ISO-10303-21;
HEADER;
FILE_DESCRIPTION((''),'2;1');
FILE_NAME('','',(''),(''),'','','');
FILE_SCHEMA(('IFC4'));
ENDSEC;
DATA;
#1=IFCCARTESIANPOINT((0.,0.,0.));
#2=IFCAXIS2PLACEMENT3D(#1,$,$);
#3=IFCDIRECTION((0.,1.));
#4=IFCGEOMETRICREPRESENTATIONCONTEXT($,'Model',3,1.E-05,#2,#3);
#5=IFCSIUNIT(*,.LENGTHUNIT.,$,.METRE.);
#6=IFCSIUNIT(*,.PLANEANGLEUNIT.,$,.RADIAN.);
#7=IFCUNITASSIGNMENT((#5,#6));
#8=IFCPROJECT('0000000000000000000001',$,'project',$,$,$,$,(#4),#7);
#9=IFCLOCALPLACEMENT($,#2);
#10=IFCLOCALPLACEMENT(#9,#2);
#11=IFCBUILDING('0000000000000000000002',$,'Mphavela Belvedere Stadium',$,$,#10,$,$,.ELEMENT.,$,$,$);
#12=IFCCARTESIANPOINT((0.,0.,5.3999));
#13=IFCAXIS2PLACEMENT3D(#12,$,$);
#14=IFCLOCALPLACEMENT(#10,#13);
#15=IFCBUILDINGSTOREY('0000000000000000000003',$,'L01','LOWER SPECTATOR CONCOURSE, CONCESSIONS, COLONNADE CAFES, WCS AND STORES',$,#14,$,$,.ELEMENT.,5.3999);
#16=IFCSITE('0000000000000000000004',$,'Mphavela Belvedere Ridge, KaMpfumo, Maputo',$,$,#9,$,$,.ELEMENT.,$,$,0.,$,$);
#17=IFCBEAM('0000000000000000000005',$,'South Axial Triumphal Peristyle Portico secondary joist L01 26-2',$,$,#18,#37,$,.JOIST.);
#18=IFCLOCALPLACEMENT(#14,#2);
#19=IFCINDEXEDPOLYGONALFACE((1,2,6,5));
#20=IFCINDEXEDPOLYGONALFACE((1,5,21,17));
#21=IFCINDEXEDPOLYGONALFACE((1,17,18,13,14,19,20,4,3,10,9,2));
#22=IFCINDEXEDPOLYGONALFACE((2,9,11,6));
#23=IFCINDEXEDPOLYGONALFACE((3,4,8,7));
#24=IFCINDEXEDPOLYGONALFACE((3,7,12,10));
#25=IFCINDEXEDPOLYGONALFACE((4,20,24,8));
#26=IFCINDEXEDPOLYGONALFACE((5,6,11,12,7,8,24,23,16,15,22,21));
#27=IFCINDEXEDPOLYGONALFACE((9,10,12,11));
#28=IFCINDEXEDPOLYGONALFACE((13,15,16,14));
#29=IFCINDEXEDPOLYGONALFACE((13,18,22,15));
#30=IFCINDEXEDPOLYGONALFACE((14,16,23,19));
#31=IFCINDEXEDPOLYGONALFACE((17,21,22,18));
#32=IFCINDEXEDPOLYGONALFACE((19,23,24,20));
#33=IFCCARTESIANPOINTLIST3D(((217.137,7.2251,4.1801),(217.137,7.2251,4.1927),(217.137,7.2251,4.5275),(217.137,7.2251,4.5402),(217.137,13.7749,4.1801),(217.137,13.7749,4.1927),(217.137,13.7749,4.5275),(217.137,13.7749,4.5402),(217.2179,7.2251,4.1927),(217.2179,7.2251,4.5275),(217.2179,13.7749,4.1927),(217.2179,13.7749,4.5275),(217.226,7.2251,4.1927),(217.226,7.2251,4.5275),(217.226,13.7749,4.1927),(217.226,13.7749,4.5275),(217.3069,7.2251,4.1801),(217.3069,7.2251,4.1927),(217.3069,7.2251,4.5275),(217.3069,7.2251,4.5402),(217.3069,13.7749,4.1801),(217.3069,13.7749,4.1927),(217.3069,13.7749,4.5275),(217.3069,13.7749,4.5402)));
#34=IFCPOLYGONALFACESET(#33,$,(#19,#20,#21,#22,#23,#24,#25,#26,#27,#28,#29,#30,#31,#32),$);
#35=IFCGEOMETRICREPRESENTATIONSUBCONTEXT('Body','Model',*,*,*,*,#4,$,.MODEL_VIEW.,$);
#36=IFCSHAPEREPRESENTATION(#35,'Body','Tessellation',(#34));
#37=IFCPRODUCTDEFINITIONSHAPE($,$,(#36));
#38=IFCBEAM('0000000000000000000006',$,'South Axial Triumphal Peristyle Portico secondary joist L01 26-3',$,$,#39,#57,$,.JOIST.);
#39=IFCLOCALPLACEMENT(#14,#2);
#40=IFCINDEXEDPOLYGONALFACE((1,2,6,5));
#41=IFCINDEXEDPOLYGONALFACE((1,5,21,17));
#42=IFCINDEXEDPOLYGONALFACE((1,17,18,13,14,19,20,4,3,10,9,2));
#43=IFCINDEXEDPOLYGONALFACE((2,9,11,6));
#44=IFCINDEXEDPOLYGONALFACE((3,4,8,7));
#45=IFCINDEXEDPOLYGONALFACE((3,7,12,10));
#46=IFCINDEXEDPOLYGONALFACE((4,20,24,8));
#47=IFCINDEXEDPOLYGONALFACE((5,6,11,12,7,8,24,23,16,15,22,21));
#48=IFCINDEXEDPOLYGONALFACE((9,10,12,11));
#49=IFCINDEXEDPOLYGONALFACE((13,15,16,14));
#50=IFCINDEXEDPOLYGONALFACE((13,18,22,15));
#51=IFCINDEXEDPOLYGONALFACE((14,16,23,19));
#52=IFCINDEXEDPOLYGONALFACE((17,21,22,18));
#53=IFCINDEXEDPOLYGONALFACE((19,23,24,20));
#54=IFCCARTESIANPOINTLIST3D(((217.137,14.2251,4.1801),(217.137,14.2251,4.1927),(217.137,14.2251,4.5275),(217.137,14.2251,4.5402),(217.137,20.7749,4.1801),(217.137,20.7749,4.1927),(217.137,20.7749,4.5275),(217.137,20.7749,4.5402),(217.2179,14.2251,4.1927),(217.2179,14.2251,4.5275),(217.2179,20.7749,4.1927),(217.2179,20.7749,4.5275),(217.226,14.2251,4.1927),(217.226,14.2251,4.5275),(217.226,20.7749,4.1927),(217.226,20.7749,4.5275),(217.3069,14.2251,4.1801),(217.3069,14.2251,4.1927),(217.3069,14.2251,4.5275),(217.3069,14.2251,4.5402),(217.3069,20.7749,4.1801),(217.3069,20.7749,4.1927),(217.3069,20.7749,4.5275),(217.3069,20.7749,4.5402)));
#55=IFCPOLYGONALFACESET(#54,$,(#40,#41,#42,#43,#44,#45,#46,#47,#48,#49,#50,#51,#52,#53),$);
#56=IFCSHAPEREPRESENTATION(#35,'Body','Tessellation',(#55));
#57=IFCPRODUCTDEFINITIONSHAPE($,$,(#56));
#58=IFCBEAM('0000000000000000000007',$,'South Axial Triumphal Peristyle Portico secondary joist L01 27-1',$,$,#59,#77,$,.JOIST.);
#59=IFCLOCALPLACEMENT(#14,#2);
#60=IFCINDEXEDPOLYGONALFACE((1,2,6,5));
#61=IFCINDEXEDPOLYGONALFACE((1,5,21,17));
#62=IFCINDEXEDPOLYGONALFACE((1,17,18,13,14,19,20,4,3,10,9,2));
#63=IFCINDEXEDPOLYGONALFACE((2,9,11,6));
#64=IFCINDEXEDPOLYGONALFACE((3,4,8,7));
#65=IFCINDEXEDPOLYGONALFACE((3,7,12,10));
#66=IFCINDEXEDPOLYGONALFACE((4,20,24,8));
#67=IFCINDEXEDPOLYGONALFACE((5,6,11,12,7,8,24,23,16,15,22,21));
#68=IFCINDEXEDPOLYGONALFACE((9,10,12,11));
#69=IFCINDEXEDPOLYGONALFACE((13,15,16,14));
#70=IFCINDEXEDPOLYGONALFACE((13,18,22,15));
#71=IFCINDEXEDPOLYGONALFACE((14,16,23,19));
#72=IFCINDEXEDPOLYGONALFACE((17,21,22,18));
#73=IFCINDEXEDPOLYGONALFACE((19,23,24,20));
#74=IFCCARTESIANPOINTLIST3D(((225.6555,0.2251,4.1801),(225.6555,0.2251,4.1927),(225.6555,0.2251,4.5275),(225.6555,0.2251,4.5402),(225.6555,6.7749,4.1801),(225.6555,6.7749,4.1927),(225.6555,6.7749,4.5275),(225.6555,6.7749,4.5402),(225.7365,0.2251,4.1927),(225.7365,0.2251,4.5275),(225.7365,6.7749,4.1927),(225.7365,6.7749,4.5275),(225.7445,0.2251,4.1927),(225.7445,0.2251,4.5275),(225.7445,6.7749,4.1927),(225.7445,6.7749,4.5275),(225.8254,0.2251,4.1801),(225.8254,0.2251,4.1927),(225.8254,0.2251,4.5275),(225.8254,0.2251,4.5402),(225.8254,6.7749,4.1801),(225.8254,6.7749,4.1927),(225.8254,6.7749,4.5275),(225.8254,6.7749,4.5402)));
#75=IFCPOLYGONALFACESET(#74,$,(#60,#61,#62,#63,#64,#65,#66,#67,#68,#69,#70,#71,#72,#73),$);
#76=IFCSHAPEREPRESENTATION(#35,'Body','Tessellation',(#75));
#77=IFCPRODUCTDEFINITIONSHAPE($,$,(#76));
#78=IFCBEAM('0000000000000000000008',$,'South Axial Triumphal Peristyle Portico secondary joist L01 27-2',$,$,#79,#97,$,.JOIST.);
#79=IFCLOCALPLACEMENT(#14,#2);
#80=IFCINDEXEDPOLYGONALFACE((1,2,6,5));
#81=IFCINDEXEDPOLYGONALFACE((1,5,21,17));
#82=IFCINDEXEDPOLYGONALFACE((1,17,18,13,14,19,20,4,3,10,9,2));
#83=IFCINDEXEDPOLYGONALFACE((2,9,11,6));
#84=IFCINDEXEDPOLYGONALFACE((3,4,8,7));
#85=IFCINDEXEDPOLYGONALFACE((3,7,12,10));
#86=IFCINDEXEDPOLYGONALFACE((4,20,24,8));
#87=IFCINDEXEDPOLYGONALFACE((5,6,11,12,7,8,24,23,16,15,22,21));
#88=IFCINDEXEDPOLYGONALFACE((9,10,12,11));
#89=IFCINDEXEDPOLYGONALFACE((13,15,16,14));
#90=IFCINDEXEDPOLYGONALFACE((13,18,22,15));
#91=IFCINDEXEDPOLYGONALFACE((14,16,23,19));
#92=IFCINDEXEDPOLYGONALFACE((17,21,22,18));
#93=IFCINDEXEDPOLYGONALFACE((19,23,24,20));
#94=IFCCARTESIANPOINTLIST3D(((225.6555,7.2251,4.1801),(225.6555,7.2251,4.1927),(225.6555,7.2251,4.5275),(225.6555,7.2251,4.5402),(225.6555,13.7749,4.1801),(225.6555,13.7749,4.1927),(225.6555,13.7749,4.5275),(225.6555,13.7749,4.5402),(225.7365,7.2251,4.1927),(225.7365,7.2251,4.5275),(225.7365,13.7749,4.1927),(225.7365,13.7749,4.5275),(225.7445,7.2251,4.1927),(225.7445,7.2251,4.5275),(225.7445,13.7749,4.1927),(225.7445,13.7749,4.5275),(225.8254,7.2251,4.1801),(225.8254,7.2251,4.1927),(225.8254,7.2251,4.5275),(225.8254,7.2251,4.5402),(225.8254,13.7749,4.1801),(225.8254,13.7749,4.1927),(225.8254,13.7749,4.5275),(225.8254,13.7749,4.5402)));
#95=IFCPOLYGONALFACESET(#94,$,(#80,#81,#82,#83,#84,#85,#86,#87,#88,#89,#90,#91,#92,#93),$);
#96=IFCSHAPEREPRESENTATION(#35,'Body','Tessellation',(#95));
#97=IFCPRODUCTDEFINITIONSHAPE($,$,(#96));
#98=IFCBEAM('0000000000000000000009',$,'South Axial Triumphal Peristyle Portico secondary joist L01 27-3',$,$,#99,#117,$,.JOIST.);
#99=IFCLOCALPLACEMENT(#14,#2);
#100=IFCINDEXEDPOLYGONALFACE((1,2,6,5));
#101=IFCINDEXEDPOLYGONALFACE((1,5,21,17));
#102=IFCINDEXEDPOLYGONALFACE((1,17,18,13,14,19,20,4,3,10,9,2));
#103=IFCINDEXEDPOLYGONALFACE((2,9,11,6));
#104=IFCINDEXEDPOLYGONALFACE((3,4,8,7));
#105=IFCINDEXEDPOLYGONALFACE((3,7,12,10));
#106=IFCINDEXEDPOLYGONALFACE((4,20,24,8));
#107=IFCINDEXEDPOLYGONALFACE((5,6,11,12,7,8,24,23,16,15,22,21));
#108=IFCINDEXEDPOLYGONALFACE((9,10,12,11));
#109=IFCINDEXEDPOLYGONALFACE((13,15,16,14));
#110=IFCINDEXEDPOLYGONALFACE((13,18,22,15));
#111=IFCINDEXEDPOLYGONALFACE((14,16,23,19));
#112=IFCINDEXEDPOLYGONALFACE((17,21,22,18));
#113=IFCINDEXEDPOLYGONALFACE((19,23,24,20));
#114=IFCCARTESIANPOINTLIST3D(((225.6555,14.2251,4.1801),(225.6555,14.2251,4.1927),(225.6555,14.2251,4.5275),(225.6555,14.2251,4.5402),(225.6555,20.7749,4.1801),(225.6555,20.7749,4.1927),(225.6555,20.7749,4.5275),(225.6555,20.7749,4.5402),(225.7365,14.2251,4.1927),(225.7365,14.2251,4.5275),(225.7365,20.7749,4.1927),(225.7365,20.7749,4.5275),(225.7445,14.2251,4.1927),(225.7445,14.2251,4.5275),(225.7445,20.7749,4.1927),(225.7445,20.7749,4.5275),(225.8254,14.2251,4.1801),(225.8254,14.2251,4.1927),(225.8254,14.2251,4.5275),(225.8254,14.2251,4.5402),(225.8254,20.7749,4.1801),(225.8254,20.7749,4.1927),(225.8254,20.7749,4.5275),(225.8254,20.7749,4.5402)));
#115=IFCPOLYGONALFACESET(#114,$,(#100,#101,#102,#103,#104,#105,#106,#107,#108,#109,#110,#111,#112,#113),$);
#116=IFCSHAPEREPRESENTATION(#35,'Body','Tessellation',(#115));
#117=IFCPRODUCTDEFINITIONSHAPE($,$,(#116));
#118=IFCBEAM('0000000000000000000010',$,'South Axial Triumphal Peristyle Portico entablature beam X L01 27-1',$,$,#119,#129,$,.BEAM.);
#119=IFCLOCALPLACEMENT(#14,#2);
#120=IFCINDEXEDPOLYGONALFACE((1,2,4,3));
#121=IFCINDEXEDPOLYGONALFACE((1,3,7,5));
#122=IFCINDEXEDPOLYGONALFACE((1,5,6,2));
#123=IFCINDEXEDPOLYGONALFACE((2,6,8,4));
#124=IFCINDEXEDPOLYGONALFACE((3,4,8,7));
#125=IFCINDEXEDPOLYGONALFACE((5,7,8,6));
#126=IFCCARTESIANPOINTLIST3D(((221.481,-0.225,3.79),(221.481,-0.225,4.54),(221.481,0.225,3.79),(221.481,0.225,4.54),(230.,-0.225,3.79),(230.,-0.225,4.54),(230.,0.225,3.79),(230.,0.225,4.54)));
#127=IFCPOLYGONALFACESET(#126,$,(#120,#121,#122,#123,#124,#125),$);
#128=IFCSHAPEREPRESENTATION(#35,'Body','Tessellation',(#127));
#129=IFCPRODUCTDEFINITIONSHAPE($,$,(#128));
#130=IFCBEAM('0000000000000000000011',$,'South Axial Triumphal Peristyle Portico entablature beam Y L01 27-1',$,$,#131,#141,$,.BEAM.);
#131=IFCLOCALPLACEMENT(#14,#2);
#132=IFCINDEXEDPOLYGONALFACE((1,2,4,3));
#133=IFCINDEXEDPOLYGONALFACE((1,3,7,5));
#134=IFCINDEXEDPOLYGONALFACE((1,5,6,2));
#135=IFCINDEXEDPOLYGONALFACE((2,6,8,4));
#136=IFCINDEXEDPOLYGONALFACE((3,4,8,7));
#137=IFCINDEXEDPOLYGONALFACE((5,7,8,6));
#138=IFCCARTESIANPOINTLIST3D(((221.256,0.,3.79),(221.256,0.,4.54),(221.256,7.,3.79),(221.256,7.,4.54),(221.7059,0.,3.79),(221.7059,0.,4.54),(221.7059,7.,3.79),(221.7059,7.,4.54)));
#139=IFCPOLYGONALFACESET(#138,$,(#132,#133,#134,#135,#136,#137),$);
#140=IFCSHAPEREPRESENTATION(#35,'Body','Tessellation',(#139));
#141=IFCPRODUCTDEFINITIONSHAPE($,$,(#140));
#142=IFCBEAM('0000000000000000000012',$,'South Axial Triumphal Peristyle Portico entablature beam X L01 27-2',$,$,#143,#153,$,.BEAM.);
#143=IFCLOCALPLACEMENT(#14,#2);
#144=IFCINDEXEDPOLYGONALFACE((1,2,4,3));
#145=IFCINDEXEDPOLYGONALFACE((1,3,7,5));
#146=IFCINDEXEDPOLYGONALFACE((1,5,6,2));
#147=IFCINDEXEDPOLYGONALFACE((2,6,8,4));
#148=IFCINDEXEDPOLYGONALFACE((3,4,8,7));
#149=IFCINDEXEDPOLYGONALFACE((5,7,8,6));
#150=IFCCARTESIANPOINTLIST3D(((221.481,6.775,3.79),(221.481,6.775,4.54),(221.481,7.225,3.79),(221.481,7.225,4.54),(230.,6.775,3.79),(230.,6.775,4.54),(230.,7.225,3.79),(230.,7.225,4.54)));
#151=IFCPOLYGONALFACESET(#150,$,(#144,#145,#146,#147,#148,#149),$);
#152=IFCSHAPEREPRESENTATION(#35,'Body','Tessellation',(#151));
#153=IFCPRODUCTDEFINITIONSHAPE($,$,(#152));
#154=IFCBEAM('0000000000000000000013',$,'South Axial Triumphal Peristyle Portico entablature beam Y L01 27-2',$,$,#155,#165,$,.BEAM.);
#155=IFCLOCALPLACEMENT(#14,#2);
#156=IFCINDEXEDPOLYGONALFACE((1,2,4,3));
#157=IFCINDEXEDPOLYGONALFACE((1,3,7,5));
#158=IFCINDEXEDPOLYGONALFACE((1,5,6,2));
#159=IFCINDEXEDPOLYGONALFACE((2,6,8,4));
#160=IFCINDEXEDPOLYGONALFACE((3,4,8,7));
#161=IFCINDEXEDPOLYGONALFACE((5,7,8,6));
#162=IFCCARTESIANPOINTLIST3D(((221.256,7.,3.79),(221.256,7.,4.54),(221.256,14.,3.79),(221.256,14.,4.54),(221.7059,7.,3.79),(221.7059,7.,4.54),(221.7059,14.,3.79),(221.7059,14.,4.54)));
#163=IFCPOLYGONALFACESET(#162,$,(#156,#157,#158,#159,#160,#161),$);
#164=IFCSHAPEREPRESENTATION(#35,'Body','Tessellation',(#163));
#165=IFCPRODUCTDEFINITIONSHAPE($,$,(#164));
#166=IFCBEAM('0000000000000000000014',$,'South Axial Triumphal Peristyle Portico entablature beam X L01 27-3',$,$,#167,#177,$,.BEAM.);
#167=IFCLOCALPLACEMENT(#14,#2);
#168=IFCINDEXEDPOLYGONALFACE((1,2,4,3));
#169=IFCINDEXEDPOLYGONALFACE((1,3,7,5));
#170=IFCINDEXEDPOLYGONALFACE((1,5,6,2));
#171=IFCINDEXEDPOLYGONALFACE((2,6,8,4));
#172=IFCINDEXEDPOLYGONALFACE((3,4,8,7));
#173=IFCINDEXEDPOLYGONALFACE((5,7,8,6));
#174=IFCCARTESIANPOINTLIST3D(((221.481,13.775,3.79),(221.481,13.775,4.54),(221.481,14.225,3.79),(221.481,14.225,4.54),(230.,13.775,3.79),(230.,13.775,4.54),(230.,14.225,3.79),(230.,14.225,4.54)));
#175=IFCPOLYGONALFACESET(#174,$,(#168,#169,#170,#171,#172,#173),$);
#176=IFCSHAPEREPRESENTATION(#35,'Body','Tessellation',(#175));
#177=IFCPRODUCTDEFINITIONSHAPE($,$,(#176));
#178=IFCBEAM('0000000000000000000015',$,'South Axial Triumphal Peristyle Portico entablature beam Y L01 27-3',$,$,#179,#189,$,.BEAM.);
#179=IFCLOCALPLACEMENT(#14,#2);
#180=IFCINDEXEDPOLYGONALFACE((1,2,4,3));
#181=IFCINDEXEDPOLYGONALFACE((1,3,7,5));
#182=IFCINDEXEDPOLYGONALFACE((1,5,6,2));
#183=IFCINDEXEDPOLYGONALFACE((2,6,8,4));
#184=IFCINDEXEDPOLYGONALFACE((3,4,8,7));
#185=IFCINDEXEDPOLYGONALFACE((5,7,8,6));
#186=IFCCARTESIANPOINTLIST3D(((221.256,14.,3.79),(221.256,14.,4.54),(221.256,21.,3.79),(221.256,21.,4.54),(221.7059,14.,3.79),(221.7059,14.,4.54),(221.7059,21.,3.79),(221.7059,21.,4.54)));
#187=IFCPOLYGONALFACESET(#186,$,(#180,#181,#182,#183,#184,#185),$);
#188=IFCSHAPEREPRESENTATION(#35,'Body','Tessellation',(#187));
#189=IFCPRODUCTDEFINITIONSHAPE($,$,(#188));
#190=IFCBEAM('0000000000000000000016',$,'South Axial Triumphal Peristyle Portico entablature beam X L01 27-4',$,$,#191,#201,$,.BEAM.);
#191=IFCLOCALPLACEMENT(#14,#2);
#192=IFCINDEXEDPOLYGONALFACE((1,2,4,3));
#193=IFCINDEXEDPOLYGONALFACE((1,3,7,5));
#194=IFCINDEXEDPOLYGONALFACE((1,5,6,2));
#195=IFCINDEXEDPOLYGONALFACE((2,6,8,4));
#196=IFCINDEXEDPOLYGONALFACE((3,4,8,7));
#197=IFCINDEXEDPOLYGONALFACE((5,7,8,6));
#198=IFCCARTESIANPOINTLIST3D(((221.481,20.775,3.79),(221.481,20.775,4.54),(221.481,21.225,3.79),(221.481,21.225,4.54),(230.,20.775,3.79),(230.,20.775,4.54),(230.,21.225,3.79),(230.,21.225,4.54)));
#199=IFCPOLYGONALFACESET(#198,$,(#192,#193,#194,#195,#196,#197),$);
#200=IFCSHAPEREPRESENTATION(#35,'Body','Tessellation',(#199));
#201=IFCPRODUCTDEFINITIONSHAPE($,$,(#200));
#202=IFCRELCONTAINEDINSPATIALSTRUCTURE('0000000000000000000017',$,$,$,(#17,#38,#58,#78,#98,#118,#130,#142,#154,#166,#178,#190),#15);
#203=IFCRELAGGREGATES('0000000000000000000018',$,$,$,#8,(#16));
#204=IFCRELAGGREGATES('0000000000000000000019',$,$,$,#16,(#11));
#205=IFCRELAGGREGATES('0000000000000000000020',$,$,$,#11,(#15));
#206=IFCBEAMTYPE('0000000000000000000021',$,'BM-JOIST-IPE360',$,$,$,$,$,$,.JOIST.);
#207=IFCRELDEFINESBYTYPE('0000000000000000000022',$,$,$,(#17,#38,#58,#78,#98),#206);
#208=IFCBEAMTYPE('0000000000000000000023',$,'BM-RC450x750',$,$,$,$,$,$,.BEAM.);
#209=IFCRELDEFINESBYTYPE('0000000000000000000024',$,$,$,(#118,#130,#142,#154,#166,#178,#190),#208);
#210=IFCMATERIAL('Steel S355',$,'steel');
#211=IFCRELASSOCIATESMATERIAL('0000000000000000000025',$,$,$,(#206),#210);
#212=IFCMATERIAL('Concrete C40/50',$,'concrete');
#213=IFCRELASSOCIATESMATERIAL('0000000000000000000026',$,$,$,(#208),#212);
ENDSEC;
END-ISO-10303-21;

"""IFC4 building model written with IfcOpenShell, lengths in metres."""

from ifc_helpers import new_model, si_unit, direction, frame, origin, origin_2d, place, context, subcontext, project, spatial, rectangle, i_section, extrude, material, material_profile, profile_set, type_object, element, save


model = new_model("IFC4")

# Units and contexts
model_context = context("Model", 3, precision=1e-05, world=origin(), true_north=direction((0.0, 1.0)))
body_context = subcontext(model_context, "Body", "Model", "MODEL_VIEW")
ifc_project = project(units=[si_unit("LENGTHUNIT", "METRE"), si_unit("PLANEANGLEUNIT", "RADIAN")], contexts=[model_context])

# Site, building, storey
site_placement = place(None, origin())
site = spatial("IfcSite", under=ifc_project, at=site_placement, Name="Mphavela Belvedere Ridge, KaMpfumo, Maputo", CompositionType="ELEMENT", RefElevation=0.0)
building_placement = place(site_placement, origin())
building = spatial("IfcBuilding", under=site, at=building_placement, Name="Mphavela Belvedere Stadium", CompositionType="ELEMENT")
storey_placement = place(building_placement, frame((0.0, 0.0, 5.3999)))
storey = spatial("IfcBuildingStorey", under=building, at=storey_placement, Name="L01", Description="LOWER SPECTATOR CONCOURSE, CONCESSIONS, COLONNADE CAFES, WCS AND STORES", CompositionType="ELEMENT", Elevation=5.3999)

# Beams
ifc_material_1 = material(Name="Steel S355", Category="steel")
ifc_material_profile_1 = material_profile(ifc_material_1, i_section(OverallWidth=0.1699, OverallDepth=0.3601, WebThickness=0.0081, FlangeThickness=0.0127, at=origin_2d()), Name="IPE 360")
ifc_profile_set_1 = profile_set([ifc_material_profile_1], Name="Steel S355")
beam_type_1 = type_object("IfcBeamType", Name="BM-JOIST-IPE360", PredefinedType="JOIST", material=ifc_profile_set_1)
for number, where, z_axis, x_axis, name in (
    (1, (217.2219, 7.2251, 4.3601), (0.0, 1.0, 0.0), (-1.0, 0.0, 0.0), "South Axial Triumphal Peristyle Portico secondary joist L01 26-2"),
    (2, (217.2219, 14.2251, 4.3601), (0.0, 1.0, 0.0), (-1.0, 0.0, 0.0), "South Axial Triumphal Peristyle Portico secondary joist L01 26-3"),
    (3, (225.7405, 0.2251, 4.3601), (0.0, 1.0, 0.0), (-1.0, 0.0, 0.0), "South Axial Triumphal Peristyle Portico secondary joist L01 27-1"),
    (4, (225.7405, 7.2251, 4.3601), (0.0, 1.0, 0.0), (-1.0, 0.0, 0.0), "South Axial Triumphal Peristyle Portico secondary joist L01 27-2"),
    (5, (225.7405, 14.2251, 4.3601), (0.0, 1.0, 0.0), (-1.0, 0.0, 0.0), "South Axial Triumphal Peristyle Portico secondary joist L01 27-3"),
):
    element("IfcBeam", number, at=place(storey_placement, frame(where, z_axis=z_axis, x_axis=x_axis)), inside=storey, type_object=beam_type_1, Name=name, PredefinedType="JOIST", context=body_context, shape_type="SweptSolid", body=[
        extrude(i_section(OverallWidth=0.1699, OverallDepth=0.3601, WebThickness=0.0081, FlangeThickness=0.0127, at=origin_2d()), origin(), (0.0, 0.0, 1.0), 6.5498),
    ])
ifc_material_2 = material(Name="Concrete C40/50", Category="concrete")
ifc_material_profile_2 = material_profile(ifc_material_2, rectangle(XDim=0.45, YDim=0.75, at=origin_2d()), Name="RC 450x750")
ifc_profile_set_2 = profile_set([ifc_material_profile_2], Name="Concrete C40/50")
beam_type_2 = type_object("IfcBeamType", Name="BM-RC450x750", PredefinedType="BEAM", material=ifc_profile_set_2)
beam_1_placement = place(storey_placement, frame((221.481, 0.0, 4.165), z_axis=(1.0, 0.0, 0.0), x_axis=(0.0, 1.0, 0.0)))
element("IfcBeam", 6, at=beam_1_placement, inside=storey, type_object=beam_type_2, Name="South Axial Triumphal Peristyle Portico entablature beam X L01 27-1", PredefinedType="BEAM", context=body_context, shape_type="SweptSolid", body=[
    extrude(rectangle(XDim=0.45, YDim=0.75, at=origin_2d()), origin(), (0.0, 0.0, 1.0), 8.519),
])
beam_2_placement = place(storey_placement, frame((221.481, 0.0, 4.165), z_axis=(0.0, 1.0, 0.0), x_axis=(-1.0, 0.0, 0.0)))
element("IfcBeam", 7, at=beam_2_placement, inside=storey, type_object=beam_type_2, Name="South Axial Triumphal Peristyle Portico entablature beam Y L01 27-1", PredefinedType="BEAM", context=body_context, shape_type="SweptSolid", body=[
    extrude(rectangle(XDim=0.45, YDim=0.75, at=origin_2d()), origin(), (0.0, 0.0, 1.0), 7.0),
])
beam_3_placement = place(storey_placement, frame((221.481, 7.0, 4.165), z_axis=(1.0, 0.0, 0.0), x_axis=(0.0, 1.0, 0.0)))
element("IfcBeam", 8, at=beam_3_placement, inside=storey, type_object=beam_type_2, Name="South Axial Triumphal Peristyle Portico entablature beam X L01 27-2", PredefinedType="BEAM", context=body_context, shape_type="SweptSolid", body=[
    extrude(rectangle(XDim=0.45, YDim=0.75, at=origin_2d()), origin(), (0.0, 0.0, 1.0), 8.519),
])
beam_4_placement = place(storey_placement, frame((221.481, 7.0, 4.165), z_axis=(0.0, 1.0, 0.0), x_axis=(-1.0, 0.0, 0.0)))
element("IfcBeam", 9, at=beam_4_placement, inside=storey, type_object=beam_type_2, Name="South Axial Triumphal Peristyle Portico entablature beam Y L01 27-2", PredefinedType="BEAM", context=body_context, shape_type="SweptSolid", body=[
    extrude(rectangle(XDim=0.45, YDim=0.75, at=origin_2d()), origin(), (0.0, 0.0, 1.0), 7.0),
])
beam_5_placement = place(storey_placement, frame((221.481, 14.0, 4.165), z_axis=(1.0, 0.0, 0.0), x_axis=(0.0, 1.0, 0.0)))
element("IfcBeam", 10, at=beam_5_placement, inside=storey, type_object=beam_type_2, Name="South Axial Triumphal Peristyle Portico entablature beam X L01 27-3", PredefinedType="BEAM", context=body_context, shape_type="SweptSolid", body=[
    extrude(rectangle(XDim=0.45, YDim=0.75, at=origin_2d()), origin(), (0.0, 0.0, 1.0), 8.519),
])
beam_6_placement = place(storey_placement, frame((221.481, 14.0, 4.165), z_axis=(0.0, 1.0, 0.0), x_axis=(-1.0, 0.0, 0.0)))
element("IfcBeam", 11, at=beam_6_placement, inside=storey, type_object=beam_type_2, Name="South Axial Triumphal Peristyle Portico entablature beam Y L01 27-3", PredefinedType="BEAM", context=body_context, shape_type="SweptSolid", body=[
    extrude(rectangle(XDim=0.45, YDim=0.75, at=origin_2d()), origin(), (0.0, 0.0, 1.0), 7.0),
])
beam_7_placement = place(storey_placement, frame((221.481, 21.0, 4.165), z_axis=(1.0, 0.0, 0.0), x_axis=(0.0, 1.0, 0.0)))
element("IfcBeam", 12, at=beam_7_placement, inside=storey, type_object=beam_type_2, Name="South Axial Triumphal Peristyle Portico entablature beam X L01 27-4", PredefinedType="BEAM", context=body_context, shape_type="SweptSolid", body=[
    extrude(rectangle(XDim=0.45, YDim=0.75, at=origin_2d()), origin(), (0.0, 0.0, 1.0), 8.519),
])

save(model, "model.ifc")
